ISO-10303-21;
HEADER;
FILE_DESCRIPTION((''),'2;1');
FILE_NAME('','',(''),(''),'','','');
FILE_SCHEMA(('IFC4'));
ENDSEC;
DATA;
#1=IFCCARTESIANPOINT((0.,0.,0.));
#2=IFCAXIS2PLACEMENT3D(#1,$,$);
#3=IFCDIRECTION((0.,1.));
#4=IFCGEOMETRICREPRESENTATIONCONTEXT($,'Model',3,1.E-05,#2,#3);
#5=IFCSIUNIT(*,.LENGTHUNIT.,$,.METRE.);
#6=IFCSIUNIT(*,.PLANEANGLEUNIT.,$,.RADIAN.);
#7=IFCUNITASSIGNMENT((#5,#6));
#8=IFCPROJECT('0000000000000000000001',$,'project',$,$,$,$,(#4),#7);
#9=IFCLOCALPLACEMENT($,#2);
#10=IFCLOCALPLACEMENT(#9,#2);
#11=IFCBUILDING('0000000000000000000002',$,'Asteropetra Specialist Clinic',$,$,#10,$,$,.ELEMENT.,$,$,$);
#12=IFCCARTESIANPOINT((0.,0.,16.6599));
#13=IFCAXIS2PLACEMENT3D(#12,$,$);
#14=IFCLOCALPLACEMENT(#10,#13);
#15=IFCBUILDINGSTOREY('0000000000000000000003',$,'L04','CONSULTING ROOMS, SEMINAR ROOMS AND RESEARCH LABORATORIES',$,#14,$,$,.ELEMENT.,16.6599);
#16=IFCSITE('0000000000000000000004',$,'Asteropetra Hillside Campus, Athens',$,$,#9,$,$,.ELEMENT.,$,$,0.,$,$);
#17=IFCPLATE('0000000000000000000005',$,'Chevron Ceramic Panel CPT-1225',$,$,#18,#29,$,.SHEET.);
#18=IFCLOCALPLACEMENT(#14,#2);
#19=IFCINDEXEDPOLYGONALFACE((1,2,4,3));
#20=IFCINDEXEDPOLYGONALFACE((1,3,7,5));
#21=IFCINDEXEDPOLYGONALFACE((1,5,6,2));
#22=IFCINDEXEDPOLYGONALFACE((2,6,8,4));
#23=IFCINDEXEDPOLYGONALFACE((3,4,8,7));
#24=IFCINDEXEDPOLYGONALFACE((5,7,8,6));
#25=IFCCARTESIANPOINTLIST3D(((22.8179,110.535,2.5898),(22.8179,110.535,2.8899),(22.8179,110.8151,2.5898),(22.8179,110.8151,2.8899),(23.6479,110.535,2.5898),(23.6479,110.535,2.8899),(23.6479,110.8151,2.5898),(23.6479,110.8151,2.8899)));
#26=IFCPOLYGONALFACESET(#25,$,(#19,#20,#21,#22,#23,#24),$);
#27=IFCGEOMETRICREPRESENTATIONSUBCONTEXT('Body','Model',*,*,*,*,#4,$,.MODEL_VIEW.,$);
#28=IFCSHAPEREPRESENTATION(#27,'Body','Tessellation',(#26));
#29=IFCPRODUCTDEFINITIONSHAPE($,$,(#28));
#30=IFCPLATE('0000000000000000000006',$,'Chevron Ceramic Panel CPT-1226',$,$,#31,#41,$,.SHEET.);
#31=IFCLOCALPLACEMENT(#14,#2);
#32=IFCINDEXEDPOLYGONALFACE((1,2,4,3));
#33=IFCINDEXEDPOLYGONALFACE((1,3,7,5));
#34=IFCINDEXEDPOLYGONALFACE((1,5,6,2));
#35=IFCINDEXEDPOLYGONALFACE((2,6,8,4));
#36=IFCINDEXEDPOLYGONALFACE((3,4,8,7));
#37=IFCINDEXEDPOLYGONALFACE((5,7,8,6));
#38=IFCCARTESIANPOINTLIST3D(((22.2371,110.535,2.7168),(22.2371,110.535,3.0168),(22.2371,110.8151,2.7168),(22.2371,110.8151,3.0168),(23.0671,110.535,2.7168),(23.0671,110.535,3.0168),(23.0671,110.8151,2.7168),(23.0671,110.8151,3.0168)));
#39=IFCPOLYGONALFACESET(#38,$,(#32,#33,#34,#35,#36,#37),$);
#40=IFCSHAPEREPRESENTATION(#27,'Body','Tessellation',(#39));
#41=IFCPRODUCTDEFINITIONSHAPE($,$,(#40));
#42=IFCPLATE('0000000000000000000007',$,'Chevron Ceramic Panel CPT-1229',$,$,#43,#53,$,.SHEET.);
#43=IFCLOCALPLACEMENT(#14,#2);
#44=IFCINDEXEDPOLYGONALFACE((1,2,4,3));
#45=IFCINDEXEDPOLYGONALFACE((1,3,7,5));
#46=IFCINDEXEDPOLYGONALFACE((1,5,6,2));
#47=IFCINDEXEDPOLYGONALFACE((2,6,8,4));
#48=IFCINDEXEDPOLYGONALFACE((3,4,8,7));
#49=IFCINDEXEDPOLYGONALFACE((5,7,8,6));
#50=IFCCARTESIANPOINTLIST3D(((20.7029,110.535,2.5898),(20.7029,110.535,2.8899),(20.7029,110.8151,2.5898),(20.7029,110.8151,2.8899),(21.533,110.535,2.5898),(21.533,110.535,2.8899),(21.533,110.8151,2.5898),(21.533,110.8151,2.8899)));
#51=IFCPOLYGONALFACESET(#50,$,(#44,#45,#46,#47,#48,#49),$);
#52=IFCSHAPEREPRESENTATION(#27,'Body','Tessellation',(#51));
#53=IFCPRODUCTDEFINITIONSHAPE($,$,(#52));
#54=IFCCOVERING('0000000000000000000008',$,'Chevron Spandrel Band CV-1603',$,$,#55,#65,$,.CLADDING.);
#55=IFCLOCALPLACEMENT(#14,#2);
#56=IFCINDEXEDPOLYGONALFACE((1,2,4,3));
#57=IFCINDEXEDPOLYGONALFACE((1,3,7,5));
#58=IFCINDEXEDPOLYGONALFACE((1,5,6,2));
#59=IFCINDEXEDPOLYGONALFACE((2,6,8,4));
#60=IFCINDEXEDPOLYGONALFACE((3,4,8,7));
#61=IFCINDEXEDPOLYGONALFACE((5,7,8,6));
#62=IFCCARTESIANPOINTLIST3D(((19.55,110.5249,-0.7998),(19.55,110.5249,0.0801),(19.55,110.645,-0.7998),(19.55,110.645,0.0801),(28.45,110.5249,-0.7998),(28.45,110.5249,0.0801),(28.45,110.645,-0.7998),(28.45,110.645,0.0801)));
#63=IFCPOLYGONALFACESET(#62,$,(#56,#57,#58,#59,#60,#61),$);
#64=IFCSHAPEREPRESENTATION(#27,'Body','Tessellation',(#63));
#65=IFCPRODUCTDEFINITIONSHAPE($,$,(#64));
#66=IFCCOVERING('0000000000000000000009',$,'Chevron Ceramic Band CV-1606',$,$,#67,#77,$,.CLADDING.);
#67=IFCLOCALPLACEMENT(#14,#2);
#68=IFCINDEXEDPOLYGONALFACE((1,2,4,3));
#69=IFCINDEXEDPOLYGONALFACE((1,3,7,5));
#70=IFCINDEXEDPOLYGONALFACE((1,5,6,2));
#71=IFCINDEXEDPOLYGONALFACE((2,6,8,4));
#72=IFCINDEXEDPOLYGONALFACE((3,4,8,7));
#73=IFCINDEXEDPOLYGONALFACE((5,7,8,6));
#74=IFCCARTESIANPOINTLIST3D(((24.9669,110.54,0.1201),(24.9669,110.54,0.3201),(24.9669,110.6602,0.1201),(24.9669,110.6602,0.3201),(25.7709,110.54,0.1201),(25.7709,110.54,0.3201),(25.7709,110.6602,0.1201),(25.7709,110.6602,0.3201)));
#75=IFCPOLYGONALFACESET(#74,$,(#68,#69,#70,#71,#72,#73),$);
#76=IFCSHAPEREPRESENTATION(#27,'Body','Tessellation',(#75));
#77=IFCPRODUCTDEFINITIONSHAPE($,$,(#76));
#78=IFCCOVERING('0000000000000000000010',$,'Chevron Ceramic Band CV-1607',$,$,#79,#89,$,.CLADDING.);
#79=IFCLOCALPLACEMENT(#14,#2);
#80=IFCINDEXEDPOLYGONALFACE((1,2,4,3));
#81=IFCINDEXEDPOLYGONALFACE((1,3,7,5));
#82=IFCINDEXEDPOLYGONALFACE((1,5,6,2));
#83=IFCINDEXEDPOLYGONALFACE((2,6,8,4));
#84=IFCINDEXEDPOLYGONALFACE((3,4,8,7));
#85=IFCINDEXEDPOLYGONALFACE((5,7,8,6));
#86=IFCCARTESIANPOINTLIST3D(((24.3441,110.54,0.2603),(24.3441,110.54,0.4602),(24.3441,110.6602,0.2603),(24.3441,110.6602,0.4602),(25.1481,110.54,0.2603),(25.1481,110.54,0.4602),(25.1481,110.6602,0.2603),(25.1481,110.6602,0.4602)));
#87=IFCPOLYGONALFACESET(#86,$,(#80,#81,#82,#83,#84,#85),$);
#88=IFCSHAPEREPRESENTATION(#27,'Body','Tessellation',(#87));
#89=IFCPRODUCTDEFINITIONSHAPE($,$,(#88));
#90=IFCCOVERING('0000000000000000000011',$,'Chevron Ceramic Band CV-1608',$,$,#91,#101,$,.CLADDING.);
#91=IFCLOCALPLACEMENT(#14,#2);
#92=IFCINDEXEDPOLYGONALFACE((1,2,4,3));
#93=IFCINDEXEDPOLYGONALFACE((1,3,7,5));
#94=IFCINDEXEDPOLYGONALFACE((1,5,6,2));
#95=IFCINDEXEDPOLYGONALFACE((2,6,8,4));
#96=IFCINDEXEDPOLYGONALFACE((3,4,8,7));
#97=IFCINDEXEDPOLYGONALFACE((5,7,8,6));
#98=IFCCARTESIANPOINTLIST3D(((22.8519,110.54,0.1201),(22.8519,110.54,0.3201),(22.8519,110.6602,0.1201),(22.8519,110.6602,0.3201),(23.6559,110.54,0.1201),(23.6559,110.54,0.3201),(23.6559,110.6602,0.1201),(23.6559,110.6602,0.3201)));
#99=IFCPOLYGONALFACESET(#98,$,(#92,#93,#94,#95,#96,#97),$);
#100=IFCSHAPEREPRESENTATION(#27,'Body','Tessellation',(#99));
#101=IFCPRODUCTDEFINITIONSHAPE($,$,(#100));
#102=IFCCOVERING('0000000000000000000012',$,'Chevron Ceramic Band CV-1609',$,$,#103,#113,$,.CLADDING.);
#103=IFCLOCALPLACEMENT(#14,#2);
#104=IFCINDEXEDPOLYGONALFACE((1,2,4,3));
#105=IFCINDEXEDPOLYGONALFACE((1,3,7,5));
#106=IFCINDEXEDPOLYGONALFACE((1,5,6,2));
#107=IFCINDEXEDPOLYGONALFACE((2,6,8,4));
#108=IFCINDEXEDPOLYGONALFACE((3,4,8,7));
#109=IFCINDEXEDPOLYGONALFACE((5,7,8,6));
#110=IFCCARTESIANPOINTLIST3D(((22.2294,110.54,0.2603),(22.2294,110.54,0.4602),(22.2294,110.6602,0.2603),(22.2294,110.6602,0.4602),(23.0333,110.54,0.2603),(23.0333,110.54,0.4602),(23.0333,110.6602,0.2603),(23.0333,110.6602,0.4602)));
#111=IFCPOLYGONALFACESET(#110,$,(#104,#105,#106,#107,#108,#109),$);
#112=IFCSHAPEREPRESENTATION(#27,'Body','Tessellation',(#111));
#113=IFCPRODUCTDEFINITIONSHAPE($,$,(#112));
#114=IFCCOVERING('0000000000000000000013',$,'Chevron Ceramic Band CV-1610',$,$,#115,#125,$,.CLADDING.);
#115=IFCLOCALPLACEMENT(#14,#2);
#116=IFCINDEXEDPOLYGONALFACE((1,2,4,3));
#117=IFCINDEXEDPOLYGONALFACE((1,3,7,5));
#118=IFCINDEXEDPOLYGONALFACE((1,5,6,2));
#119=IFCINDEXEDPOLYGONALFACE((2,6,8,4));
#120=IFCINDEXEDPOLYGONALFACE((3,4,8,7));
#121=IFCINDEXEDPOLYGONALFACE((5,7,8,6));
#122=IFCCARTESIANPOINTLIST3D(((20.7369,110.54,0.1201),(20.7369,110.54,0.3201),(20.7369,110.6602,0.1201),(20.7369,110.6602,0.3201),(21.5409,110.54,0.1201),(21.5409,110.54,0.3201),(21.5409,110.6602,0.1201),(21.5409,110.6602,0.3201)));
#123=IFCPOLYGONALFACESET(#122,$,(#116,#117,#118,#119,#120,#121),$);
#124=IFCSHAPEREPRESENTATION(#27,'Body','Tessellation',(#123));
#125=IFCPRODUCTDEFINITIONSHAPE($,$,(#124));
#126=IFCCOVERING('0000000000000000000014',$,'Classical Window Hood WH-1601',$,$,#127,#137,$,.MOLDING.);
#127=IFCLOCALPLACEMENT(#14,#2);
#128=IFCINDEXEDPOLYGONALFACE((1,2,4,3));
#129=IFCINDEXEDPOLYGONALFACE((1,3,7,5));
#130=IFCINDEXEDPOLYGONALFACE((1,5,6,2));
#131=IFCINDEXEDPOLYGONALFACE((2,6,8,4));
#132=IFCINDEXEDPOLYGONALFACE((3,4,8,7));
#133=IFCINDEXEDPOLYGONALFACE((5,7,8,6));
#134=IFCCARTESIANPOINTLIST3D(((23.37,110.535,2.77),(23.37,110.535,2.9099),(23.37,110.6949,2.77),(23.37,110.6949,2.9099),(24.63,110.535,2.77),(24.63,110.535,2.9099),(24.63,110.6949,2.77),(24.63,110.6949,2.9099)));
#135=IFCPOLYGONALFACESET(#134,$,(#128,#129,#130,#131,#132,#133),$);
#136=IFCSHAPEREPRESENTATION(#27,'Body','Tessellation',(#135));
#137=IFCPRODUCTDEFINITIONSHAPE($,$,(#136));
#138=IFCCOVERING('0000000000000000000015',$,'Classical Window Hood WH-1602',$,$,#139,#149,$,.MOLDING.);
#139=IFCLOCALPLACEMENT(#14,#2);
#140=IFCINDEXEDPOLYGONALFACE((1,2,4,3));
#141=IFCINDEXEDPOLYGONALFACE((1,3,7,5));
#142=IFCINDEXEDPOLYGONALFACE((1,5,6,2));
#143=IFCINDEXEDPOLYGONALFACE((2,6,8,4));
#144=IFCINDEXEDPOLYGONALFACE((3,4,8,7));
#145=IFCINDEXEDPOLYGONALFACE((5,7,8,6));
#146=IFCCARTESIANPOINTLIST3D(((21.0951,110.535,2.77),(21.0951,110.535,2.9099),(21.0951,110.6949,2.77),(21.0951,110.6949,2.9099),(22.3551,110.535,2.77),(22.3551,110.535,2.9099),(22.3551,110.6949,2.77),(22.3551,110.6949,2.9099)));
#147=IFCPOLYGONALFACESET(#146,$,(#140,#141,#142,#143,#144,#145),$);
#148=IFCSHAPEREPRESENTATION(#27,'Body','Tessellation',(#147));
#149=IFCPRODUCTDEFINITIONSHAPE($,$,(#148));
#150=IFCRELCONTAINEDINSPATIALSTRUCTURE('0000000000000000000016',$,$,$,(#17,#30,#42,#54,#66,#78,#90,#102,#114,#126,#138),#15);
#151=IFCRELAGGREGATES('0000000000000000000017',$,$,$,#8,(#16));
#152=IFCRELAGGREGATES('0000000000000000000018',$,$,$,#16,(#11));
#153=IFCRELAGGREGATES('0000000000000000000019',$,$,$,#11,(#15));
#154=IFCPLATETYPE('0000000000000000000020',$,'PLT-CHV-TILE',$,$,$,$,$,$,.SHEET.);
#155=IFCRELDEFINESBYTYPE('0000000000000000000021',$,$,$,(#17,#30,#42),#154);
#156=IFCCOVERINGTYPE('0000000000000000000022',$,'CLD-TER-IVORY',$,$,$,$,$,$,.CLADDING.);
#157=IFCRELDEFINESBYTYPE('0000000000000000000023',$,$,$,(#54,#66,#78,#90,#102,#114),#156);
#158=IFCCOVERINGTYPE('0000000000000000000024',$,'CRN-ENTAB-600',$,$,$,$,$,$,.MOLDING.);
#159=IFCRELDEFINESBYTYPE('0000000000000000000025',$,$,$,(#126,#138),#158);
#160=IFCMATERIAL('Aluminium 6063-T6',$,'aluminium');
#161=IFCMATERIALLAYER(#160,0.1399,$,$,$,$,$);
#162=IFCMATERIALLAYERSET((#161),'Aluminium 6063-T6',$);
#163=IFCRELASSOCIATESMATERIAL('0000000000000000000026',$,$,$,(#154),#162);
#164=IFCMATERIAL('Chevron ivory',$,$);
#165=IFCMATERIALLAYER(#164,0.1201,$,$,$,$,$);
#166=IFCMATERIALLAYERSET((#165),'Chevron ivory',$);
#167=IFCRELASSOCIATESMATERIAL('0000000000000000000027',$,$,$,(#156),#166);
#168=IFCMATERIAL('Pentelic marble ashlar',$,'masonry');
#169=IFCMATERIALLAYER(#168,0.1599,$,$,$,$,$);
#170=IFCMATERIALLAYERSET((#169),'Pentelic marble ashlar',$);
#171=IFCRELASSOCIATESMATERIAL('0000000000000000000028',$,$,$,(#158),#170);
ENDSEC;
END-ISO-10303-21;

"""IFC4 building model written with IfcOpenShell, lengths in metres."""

from ifc_helpers import new_model, si_unit, direction, frame, origin, origin_2d, place, context, subcontext, project, spatial, rectangle, extrude, material, layer, layer_set, type_object, element, save


model = new_model("IFC4")

# Units and contexts
model_context = context("Model", 3, precision=1e-05, world=origin(), true_north=direction((0.0, 1.0)))
body_context = subcontext(model_context, "Body", "Model", "MODEL_VIEW")
ifc_project = project(units=[si_unit("LENGTHUNIT", "METRE"), si_unit("PLANEANGLEUNIT", "RADIAN")], contexts=[model_context])

# Site, building, storey
site_placement = place(None, origin())
site = spatial("IfcSite", under=ifc_project, at=site_placement, Name="Asteropetra Hillside Campus, Athens", CompositionType="ELEMENT", RefElevation=0.0)
building_placement = place(site_placement, origin())
building = spatial("IfcBuilding", under=site, at=building_placement, Name="Asteropetra Specialist Clinic", CompositionType="ELEMENT")
storey_placement = place(building_placement, frame((0.0, 0.0, 16.6599)))
storey = spatial("IfcBuildingStorey", under=building, at=storey_placement, Name="L04", Description="CONSULTING ROOMS, SEMINAR ROOMS AND RESEARCH LABORATORIES", CompositionType="ELEMENT", Elevation=16.6599)

# Plates
ifc_material_1 = material(Name="Aluminium 6063-T6", Category="aluminium")
ifc_layer_1 = layer(ifc_material_1, 0.1399)
ifc_layer_set_1 = layer_set([ifc_layer_1], Name="Aluminium 6063-T6")
plate_type_1 = type_object("IfcPlateType", Name="PLT-CHV-TILE", PredefinedType="SHEET", material=ifc_layer_set_1)
for number, where, z_axis, x_axis, name in (
    (1, (23.2329, 110.675, 2.5898), (0.0, 0.0, 1.0), (1.0, 0.0, 0.0), "Chevron Ceramic Panel CPT-1225"),
    (2, (22.6521, 110.675, 2.7168), (0.0, 0.0, 1.0), (1.0, 0.0, 0.0), "Chevron Ceramic Panel CPT-1226"),
    (3, (21.1179, 110.675, 2.5898), (0.0, 0.0, 1.0), (1.0, 0.0, 0.0), "Chevron Ceramic Panel CPT-1229"),
):
    element("IfcPlate", number, at=place(storey_placement, frame(where, z_axis=z_axis, x_axis=x_axis)), inside=storey, type_object=plate_type_1, Name=name, PredefinedType="SHEET", context=body_context, shape_type="SweptSolid", body=[
        extrude(rectangle(XDim=0.8301, YDim=0.28, at=origin_2d()), origin(), (0.0, 0.0, 1.0), 0.3),
    ])

# Coverings
ifc_material_2 = material(Name="Chevron ivory")
ifc_layer_2 = layer(ifc_material_2, 0.1201)
ifc_layer_set_2 = layer_set([ifc_layer_2], Name="Chevron ivory")
covering_type_1 = type_object("IfcCoveringType", Name="CLD-TER-IVORY", PredefinedType="CLADDING", material=ifc_layer_set_2)
covering_placement = place(storey_placement, frame((24.0, 110.585, -0.7998), z_axis=(0.0, 0.0, 1.0), x_axis=(1.0, 0.0, 0.0)))
element("IfcCovering", 4, at=covering_placement, inside=storey, type_object=covering_type_1, Name="Chevron Spandrel Band CV-1603", PredefinedType="CLADDING", context=body_context, shape_type="SweptSolid", body=[
    extrude(rectangle(XDim=8.8999, YDim=0.1201, at=origin_2d()), origin(), (0.0, 0.0, 1.0), 0.8799),
])
for number, where, z_axis, x_axis, name in (
    (5, (25.3689, 110.6001, 0.1201), (0.0, 0.0, 1.0), (1.0, 0.0, 0.0), "Chevron Ceramic Band CV-1606"),
    (6, (24.7461, 110.6001, 0.2603), (0.0, 0.0, 1.0), (1.0, 0.0, 0.0), "Chevron Ceramic Band CV-1607"),
    (7, (23.2539, 110.6001, 0.1201), (0.0, 0.0, 1.0), (1.0, 0.0, 0.0), "Chevron Ceramic Band CV-1608"),
    (8, (22.6313, 110.6001, 0.2603), (0.0, 0.0, 1.0), (1.0, 0.0, 0.0), "Chevron Ceramic Band CV-1609"),
    (9, (21.1389, 110.6001, 0.1201), (0.0, 0.0, 1.0), (1.0, 0.0, 0.0), "Chevron Ceramic Band CV-1610"),
):
    element("IfcCovering", number, at=place(storey_placement, frame(where, z_axis=z_axis, x_axis=x_axis)), inside=storey, type_object=covering_type_1, Name=name, PredefinedType="CLADDING", context=body_context, shape_type="SweptSolid", body=[
        extrude(rectangle(XDim=0.804, YDim=0.1201, at=origin_2d()), origin(), (0.0, 0.0, 1.0), 0.2),
    ])
ifc_material_3 = material(Name="Pentelic marble ashlar", Category="masonry")
ifc_layer_3 = layer(ifc_material_3, 0.1599)
ifc_layer_set_3 = layer_set([ifc_layer_3], Name="Pentelic marble ashlar")
covering_type_2 = type_object("IfcCoveringType", Name="CRN-ENTAB-600", PredefinedType="MOLDING", material=ifc_layer_set_3)
for number, where, z_axis, x_axis, name in (
    (10, (24.0, 110.615, 2.77), (0.0, 0.0, 1.0), (1.0, 0.0, 0.0), "Classical Window Hood WH-1601"),
    (11, (21.7251, 110.615, 2.77), (0.0, 0.0, 1.0), (1.0, 0.0, 0.0), "Classical Window Hood WH-1602"),
):
    element("IfcCovering", number, at=place(storey_placement, frame(where, z_axis=z_axis, x_axis=x_axis)), inside=storey, type_object=covering_type_2, Name=name, PredefinedType="MOLDING", context=body_context, shape_type="SweptSolid", body=[
        extrude(rectangle(XDim=1.26, YDim=0.1599, at=origin_2d()), origin(), (0.0, 0.0, 1.0), 0.1399),
    ])

save(model, "model.ifc")
